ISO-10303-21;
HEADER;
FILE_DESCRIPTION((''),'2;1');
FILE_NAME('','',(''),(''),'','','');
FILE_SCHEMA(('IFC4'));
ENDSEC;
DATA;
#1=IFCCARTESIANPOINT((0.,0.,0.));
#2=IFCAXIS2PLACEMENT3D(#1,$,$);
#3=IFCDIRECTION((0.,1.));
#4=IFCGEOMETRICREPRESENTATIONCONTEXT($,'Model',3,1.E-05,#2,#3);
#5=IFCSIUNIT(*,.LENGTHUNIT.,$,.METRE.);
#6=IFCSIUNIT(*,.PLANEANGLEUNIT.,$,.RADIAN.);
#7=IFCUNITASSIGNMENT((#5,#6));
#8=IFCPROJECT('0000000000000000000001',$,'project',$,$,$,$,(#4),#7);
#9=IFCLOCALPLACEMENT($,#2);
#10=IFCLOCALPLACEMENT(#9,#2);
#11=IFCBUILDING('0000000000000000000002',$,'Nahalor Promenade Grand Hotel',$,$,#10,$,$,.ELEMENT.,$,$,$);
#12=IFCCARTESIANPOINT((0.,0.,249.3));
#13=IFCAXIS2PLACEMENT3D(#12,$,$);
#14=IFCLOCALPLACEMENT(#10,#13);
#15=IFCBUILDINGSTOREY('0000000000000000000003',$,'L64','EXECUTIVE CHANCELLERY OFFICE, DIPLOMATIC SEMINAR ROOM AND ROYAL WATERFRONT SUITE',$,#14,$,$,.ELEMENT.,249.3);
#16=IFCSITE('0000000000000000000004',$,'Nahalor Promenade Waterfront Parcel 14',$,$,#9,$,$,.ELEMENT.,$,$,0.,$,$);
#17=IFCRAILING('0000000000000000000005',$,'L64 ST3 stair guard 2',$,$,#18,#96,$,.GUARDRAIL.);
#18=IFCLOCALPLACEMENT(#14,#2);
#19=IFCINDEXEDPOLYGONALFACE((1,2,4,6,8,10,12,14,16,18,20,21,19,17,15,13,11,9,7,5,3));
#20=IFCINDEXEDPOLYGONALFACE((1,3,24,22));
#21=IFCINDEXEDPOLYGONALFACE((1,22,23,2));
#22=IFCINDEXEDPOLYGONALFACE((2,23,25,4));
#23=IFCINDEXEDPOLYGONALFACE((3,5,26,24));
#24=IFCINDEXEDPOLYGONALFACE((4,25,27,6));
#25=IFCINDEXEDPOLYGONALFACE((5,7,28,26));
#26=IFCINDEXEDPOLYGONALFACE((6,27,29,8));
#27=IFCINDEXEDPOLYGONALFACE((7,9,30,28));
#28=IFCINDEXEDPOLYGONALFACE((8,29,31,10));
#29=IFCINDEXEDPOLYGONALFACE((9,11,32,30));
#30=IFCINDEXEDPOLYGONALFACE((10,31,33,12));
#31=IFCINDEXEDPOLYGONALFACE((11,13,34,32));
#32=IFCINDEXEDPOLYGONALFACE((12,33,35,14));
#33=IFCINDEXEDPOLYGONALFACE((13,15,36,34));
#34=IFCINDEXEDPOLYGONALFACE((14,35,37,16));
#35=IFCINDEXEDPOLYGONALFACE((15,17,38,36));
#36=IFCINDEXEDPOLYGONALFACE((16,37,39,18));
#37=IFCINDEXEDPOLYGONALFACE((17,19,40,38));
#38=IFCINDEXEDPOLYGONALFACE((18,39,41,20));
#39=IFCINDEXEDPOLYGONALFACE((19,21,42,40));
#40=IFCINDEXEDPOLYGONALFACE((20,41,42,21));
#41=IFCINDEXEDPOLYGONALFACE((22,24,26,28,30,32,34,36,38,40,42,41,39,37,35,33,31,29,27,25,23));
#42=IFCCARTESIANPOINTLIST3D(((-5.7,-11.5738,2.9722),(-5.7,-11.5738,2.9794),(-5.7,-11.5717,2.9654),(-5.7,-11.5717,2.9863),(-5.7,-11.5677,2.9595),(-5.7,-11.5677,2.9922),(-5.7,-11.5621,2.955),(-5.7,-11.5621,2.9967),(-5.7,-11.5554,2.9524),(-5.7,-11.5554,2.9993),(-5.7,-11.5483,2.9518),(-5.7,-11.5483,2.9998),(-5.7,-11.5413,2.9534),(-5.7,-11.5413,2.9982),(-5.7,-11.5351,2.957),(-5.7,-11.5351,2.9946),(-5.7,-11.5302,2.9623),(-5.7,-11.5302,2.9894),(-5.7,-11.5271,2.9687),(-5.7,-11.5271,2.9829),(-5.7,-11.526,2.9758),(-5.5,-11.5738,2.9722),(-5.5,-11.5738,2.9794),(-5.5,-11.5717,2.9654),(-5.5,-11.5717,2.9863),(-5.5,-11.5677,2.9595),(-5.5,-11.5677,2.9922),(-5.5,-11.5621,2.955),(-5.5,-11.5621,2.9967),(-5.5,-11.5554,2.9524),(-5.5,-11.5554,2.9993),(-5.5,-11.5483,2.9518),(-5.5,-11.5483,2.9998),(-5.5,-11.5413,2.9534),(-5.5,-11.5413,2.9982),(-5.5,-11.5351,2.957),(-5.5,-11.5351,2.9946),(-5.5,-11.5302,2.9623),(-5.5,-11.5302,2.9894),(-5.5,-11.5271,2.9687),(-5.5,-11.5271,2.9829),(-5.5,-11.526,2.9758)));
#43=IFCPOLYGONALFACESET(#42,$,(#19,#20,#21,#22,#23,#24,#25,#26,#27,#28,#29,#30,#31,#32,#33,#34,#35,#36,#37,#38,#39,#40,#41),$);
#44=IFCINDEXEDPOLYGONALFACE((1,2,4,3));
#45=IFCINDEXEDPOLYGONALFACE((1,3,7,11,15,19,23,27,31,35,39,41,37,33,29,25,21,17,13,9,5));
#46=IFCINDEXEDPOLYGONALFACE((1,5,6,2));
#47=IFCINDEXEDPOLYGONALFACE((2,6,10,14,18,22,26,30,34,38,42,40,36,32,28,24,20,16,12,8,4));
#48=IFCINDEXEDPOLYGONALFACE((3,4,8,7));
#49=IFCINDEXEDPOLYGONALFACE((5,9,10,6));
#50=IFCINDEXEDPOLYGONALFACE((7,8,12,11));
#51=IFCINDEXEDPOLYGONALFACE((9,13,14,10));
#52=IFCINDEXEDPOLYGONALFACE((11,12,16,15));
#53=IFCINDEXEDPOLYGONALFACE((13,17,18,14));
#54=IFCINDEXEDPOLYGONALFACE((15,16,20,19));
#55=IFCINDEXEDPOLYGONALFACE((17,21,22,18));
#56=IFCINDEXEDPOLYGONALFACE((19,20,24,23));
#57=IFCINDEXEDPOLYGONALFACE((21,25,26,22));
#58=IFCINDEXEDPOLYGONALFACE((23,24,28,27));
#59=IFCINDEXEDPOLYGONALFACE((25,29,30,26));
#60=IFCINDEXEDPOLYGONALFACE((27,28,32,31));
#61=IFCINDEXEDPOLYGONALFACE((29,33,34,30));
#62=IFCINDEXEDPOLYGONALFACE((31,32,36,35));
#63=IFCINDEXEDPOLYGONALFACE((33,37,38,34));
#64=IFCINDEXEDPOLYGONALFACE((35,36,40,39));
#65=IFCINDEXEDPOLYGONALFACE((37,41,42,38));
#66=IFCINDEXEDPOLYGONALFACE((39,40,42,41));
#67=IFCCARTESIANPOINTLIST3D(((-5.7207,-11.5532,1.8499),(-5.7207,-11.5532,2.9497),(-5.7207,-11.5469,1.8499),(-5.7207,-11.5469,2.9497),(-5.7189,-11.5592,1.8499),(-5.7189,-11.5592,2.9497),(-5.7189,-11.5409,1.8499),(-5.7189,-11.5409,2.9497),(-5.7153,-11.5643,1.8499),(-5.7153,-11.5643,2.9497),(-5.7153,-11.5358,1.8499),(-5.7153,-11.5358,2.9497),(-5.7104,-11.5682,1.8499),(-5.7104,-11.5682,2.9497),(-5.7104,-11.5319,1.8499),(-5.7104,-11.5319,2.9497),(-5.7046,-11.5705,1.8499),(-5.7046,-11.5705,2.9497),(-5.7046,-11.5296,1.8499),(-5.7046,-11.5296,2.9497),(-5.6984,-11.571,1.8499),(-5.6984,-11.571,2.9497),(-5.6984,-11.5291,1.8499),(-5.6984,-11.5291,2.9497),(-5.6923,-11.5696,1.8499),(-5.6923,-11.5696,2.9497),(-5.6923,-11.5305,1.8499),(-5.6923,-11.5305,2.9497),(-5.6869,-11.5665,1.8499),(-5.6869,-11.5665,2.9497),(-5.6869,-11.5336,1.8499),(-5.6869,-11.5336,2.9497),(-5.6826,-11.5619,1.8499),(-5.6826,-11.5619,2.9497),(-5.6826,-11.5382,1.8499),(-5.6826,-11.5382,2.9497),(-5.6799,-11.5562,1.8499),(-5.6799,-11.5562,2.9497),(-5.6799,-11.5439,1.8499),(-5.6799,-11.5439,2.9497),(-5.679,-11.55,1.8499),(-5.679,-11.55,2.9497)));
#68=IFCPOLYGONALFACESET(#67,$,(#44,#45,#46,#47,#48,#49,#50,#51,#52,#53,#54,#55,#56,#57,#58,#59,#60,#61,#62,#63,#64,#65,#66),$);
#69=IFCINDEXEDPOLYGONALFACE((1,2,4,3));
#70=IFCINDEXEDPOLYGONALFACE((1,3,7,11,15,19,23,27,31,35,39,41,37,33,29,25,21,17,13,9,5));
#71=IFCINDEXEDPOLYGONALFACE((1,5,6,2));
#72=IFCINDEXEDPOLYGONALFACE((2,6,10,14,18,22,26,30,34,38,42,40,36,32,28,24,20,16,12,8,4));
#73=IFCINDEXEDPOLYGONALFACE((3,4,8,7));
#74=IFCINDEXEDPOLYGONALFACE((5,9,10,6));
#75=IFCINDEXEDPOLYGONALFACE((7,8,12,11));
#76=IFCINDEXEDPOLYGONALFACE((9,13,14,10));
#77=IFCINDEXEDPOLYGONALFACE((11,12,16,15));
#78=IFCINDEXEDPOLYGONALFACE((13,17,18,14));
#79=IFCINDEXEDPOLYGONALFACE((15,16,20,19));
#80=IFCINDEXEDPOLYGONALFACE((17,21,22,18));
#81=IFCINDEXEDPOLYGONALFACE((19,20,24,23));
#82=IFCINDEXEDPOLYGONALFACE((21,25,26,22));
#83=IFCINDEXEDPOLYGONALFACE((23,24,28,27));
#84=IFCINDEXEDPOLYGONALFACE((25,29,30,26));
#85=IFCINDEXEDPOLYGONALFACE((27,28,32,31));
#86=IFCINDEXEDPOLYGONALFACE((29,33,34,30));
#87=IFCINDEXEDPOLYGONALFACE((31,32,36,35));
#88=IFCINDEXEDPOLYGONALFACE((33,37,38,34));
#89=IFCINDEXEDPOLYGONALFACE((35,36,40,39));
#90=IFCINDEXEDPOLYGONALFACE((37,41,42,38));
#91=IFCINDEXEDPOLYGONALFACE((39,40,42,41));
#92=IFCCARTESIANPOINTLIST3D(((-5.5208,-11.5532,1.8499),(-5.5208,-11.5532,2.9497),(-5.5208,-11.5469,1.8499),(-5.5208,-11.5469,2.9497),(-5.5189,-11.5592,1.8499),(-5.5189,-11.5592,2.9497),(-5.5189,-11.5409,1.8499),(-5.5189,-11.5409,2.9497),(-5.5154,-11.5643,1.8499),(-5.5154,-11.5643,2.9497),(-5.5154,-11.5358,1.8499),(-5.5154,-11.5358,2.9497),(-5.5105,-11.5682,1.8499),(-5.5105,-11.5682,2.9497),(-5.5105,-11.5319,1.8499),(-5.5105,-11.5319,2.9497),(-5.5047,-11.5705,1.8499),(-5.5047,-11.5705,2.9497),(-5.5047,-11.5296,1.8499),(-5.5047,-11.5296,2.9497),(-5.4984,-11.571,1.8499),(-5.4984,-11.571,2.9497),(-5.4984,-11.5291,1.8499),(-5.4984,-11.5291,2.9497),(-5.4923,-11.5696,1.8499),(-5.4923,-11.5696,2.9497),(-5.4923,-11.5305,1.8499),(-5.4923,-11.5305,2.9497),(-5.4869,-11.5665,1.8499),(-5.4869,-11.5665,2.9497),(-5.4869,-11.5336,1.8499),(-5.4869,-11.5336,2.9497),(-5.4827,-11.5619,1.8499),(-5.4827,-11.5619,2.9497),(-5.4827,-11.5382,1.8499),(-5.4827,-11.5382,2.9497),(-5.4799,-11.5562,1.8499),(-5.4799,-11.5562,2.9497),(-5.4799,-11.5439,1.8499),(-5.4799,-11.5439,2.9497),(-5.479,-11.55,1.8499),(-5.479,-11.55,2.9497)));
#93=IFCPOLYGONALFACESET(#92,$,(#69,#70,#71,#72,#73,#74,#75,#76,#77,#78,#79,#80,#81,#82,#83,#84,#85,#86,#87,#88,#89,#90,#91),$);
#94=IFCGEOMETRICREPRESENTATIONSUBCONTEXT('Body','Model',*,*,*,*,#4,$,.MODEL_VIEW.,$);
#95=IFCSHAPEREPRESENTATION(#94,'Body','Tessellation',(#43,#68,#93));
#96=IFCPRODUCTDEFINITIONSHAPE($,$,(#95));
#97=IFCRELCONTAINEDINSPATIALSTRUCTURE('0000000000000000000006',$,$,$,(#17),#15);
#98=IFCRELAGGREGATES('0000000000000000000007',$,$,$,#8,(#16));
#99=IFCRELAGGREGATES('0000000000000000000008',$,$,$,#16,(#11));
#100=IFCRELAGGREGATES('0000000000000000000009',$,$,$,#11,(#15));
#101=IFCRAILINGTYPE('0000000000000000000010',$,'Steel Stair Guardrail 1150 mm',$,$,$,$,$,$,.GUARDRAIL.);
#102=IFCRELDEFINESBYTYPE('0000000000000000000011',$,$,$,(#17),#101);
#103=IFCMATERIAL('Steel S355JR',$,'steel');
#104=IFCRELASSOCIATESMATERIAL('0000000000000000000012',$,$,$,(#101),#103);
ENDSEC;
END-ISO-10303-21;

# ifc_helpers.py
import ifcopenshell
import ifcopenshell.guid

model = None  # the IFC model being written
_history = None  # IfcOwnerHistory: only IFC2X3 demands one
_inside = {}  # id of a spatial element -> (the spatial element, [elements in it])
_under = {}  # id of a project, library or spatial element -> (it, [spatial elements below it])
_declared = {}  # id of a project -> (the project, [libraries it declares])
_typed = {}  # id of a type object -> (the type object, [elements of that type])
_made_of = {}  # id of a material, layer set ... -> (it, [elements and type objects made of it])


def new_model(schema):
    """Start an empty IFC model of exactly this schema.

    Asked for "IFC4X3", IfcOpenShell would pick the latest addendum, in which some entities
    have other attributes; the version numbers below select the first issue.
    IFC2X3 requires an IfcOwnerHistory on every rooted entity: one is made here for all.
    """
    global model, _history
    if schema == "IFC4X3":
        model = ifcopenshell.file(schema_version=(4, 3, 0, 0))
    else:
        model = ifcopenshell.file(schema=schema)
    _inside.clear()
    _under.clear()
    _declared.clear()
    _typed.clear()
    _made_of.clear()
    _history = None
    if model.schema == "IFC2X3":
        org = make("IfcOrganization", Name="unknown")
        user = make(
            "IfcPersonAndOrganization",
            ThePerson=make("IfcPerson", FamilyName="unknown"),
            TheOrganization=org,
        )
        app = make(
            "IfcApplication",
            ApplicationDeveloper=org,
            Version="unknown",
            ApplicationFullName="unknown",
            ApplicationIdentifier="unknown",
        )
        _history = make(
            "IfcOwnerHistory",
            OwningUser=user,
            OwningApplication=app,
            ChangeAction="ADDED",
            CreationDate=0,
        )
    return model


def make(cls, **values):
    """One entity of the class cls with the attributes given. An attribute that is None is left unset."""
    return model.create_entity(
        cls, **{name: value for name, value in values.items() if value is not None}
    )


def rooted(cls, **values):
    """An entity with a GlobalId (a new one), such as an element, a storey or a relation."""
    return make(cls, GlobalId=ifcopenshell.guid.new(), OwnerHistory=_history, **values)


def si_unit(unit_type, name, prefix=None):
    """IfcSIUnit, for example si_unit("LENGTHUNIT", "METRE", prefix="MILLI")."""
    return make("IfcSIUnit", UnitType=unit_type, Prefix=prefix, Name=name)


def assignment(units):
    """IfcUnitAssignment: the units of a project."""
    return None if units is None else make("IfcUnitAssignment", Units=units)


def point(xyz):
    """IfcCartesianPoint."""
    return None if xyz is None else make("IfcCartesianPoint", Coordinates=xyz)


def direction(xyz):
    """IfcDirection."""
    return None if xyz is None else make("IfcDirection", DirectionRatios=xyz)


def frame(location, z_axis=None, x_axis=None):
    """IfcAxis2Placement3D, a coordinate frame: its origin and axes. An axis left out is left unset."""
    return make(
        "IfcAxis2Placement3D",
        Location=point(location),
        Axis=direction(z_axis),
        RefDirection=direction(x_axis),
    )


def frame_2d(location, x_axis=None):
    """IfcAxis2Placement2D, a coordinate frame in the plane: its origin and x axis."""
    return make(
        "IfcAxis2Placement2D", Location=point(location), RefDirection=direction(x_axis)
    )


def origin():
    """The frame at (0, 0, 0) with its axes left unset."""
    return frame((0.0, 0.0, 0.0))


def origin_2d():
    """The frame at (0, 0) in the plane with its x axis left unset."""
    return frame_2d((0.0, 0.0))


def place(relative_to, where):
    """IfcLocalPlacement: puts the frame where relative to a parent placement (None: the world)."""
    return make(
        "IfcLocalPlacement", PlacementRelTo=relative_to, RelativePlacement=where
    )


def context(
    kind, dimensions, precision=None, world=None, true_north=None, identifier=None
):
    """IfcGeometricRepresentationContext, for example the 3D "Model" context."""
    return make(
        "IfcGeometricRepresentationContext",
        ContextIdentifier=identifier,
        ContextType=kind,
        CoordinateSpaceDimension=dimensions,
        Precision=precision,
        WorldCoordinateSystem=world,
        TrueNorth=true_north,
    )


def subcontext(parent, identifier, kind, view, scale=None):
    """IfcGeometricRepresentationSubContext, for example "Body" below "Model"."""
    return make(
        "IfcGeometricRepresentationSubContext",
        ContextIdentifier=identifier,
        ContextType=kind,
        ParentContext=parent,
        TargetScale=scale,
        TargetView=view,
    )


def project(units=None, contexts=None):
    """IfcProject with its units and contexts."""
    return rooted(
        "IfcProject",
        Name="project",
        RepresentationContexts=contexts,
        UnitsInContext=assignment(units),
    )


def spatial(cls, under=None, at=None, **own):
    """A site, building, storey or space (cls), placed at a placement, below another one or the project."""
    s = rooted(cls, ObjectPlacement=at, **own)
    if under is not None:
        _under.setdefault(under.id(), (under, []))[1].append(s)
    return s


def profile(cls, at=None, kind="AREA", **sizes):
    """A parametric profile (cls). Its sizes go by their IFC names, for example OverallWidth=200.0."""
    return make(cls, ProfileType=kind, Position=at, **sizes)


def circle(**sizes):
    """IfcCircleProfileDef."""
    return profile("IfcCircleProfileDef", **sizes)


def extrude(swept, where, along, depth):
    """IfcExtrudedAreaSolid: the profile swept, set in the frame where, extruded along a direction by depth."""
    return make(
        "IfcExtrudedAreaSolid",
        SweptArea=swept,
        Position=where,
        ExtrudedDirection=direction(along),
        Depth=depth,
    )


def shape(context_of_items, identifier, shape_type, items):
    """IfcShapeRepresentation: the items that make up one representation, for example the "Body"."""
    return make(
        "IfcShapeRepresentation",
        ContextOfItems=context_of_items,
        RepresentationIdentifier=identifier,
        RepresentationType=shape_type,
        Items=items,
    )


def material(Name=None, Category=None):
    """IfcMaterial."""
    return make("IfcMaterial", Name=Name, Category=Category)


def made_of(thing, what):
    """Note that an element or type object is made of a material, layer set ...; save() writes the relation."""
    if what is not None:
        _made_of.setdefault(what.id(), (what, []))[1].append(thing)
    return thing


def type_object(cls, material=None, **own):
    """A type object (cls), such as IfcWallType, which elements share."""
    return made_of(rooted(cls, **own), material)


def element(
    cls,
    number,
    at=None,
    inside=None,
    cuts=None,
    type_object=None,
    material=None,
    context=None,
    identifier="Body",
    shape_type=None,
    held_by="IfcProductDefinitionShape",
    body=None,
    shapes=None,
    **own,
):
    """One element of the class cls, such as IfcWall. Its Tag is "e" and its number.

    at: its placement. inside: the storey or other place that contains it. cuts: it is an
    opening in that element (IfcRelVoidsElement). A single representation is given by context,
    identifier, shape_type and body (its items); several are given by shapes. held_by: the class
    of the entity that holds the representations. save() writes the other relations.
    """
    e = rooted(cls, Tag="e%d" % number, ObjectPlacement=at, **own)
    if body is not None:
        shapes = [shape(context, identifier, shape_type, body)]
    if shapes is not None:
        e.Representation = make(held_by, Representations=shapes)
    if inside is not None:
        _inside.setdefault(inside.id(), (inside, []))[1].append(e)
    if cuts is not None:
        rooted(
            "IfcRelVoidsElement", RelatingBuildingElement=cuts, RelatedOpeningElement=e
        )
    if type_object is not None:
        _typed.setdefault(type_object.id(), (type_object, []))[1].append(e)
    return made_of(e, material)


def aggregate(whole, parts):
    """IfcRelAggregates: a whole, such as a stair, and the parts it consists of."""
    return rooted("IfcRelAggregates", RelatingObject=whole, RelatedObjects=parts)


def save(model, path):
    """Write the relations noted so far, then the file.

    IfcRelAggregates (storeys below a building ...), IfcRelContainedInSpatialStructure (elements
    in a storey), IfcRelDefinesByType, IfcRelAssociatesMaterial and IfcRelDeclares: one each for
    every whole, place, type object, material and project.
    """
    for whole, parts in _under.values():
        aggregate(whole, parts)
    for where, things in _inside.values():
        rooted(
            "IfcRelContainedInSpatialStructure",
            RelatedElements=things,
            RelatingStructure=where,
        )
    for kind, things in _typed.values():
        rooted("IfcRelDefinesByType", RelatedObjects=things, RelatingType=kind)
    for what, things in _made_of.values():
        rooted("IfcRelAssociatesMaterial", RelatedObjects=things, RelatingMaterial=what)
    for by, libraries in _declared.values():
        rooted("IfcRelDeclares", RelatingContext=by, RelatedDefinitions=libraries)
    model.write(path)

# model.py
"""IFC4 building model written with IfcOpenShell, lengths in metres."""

from ifc_helpers import new_model, si_unit, direction, frame, origin, origin_2d, place, context, subcontext, project, spatial, circle, extrude, material, type_object, element, save


model = new_model("IFC4")

# Units and contexts
model_context = context("Model", 3, precision=1e-05, world=origin(), true_north=direction((0.0, 1.0)))
body_context = subcontext(model_context, "Body", "Model", "MODEL_VIEW")
ifc_project = project(units=[si_unit("LENGTHUNIT", "METRE"), si_unit("PLANEANGLEUNIT", "RADIAN")], contexts=[model_context])

# Site, building, storey
site_placement = place(None, origin())
site = spatial("IfcSite", under=ifc_project, at=site_placement, Name="Nahalor Promenade Waterfront Parcel 14", CompositionType="ELEMENT", RefElevation=0.0)
building_placement = place(site_placement, origin())
building = spatial("IfcBuilding", under=site, at=building_placement, Name="Nahalor Promenade Grand Hotel", CompositionType="ELEMENT")
storey_placement = place(building_placement, frame((0.0, 0.0, 249.3)))
storey = spatial("IfcBuildingStorey", under=building, at=storey_placement, Name="L64", Description="EXECUTIVE CHANCELLERY OFFICE, DIPLOMATIC SEMINAR ROOM AND ROYAL WATERFRONT SUITE", CompositionType="ELEMENT", Elevation=249.3)

# Shared definitions
ifc_material_1 = material(Name="Steel S355JR", Category="steel")

# Railing
railing_type_1 = type_object("IfcRailingType", Name="Steel Stair Guardrail 1150 mm", PredefinedType="GUARDRAIL", material=ifc_material_1)
railing_1_placement = place(storey_placement, frame((-5.7, -11.55, 1.8499)))
element("IfcRailing", 1, at=railing_1_placement, inside=storey, type_object=railing_type_1, Name="L64 ST3 stair guard 2", PredefinedType="GUARDRAIL", context=body_context, shape_type="SweptSolid", body=[
    extrude(circle(Radius=0.024, at=origin_2d()), frame((0.0, 0.0, 1.126), z_axis=(1.0, 0.0, 0.0), x_axis=(0.0, 1.0, 0.0)), (0.0, 0.0, 1.0), 0.2),
    extrude(circle(Radius=0.021, at=origin_2d()), origin(), (0.0, 0.0, 1.0), 1.0999),
    extrude(circle(Radius=0.021, at=origin_2d()), frame((0.2, 0.0, 0.0)), (0.0, 0.0, 1.0), 1.0999),
])

save(model, "model.ifc")
